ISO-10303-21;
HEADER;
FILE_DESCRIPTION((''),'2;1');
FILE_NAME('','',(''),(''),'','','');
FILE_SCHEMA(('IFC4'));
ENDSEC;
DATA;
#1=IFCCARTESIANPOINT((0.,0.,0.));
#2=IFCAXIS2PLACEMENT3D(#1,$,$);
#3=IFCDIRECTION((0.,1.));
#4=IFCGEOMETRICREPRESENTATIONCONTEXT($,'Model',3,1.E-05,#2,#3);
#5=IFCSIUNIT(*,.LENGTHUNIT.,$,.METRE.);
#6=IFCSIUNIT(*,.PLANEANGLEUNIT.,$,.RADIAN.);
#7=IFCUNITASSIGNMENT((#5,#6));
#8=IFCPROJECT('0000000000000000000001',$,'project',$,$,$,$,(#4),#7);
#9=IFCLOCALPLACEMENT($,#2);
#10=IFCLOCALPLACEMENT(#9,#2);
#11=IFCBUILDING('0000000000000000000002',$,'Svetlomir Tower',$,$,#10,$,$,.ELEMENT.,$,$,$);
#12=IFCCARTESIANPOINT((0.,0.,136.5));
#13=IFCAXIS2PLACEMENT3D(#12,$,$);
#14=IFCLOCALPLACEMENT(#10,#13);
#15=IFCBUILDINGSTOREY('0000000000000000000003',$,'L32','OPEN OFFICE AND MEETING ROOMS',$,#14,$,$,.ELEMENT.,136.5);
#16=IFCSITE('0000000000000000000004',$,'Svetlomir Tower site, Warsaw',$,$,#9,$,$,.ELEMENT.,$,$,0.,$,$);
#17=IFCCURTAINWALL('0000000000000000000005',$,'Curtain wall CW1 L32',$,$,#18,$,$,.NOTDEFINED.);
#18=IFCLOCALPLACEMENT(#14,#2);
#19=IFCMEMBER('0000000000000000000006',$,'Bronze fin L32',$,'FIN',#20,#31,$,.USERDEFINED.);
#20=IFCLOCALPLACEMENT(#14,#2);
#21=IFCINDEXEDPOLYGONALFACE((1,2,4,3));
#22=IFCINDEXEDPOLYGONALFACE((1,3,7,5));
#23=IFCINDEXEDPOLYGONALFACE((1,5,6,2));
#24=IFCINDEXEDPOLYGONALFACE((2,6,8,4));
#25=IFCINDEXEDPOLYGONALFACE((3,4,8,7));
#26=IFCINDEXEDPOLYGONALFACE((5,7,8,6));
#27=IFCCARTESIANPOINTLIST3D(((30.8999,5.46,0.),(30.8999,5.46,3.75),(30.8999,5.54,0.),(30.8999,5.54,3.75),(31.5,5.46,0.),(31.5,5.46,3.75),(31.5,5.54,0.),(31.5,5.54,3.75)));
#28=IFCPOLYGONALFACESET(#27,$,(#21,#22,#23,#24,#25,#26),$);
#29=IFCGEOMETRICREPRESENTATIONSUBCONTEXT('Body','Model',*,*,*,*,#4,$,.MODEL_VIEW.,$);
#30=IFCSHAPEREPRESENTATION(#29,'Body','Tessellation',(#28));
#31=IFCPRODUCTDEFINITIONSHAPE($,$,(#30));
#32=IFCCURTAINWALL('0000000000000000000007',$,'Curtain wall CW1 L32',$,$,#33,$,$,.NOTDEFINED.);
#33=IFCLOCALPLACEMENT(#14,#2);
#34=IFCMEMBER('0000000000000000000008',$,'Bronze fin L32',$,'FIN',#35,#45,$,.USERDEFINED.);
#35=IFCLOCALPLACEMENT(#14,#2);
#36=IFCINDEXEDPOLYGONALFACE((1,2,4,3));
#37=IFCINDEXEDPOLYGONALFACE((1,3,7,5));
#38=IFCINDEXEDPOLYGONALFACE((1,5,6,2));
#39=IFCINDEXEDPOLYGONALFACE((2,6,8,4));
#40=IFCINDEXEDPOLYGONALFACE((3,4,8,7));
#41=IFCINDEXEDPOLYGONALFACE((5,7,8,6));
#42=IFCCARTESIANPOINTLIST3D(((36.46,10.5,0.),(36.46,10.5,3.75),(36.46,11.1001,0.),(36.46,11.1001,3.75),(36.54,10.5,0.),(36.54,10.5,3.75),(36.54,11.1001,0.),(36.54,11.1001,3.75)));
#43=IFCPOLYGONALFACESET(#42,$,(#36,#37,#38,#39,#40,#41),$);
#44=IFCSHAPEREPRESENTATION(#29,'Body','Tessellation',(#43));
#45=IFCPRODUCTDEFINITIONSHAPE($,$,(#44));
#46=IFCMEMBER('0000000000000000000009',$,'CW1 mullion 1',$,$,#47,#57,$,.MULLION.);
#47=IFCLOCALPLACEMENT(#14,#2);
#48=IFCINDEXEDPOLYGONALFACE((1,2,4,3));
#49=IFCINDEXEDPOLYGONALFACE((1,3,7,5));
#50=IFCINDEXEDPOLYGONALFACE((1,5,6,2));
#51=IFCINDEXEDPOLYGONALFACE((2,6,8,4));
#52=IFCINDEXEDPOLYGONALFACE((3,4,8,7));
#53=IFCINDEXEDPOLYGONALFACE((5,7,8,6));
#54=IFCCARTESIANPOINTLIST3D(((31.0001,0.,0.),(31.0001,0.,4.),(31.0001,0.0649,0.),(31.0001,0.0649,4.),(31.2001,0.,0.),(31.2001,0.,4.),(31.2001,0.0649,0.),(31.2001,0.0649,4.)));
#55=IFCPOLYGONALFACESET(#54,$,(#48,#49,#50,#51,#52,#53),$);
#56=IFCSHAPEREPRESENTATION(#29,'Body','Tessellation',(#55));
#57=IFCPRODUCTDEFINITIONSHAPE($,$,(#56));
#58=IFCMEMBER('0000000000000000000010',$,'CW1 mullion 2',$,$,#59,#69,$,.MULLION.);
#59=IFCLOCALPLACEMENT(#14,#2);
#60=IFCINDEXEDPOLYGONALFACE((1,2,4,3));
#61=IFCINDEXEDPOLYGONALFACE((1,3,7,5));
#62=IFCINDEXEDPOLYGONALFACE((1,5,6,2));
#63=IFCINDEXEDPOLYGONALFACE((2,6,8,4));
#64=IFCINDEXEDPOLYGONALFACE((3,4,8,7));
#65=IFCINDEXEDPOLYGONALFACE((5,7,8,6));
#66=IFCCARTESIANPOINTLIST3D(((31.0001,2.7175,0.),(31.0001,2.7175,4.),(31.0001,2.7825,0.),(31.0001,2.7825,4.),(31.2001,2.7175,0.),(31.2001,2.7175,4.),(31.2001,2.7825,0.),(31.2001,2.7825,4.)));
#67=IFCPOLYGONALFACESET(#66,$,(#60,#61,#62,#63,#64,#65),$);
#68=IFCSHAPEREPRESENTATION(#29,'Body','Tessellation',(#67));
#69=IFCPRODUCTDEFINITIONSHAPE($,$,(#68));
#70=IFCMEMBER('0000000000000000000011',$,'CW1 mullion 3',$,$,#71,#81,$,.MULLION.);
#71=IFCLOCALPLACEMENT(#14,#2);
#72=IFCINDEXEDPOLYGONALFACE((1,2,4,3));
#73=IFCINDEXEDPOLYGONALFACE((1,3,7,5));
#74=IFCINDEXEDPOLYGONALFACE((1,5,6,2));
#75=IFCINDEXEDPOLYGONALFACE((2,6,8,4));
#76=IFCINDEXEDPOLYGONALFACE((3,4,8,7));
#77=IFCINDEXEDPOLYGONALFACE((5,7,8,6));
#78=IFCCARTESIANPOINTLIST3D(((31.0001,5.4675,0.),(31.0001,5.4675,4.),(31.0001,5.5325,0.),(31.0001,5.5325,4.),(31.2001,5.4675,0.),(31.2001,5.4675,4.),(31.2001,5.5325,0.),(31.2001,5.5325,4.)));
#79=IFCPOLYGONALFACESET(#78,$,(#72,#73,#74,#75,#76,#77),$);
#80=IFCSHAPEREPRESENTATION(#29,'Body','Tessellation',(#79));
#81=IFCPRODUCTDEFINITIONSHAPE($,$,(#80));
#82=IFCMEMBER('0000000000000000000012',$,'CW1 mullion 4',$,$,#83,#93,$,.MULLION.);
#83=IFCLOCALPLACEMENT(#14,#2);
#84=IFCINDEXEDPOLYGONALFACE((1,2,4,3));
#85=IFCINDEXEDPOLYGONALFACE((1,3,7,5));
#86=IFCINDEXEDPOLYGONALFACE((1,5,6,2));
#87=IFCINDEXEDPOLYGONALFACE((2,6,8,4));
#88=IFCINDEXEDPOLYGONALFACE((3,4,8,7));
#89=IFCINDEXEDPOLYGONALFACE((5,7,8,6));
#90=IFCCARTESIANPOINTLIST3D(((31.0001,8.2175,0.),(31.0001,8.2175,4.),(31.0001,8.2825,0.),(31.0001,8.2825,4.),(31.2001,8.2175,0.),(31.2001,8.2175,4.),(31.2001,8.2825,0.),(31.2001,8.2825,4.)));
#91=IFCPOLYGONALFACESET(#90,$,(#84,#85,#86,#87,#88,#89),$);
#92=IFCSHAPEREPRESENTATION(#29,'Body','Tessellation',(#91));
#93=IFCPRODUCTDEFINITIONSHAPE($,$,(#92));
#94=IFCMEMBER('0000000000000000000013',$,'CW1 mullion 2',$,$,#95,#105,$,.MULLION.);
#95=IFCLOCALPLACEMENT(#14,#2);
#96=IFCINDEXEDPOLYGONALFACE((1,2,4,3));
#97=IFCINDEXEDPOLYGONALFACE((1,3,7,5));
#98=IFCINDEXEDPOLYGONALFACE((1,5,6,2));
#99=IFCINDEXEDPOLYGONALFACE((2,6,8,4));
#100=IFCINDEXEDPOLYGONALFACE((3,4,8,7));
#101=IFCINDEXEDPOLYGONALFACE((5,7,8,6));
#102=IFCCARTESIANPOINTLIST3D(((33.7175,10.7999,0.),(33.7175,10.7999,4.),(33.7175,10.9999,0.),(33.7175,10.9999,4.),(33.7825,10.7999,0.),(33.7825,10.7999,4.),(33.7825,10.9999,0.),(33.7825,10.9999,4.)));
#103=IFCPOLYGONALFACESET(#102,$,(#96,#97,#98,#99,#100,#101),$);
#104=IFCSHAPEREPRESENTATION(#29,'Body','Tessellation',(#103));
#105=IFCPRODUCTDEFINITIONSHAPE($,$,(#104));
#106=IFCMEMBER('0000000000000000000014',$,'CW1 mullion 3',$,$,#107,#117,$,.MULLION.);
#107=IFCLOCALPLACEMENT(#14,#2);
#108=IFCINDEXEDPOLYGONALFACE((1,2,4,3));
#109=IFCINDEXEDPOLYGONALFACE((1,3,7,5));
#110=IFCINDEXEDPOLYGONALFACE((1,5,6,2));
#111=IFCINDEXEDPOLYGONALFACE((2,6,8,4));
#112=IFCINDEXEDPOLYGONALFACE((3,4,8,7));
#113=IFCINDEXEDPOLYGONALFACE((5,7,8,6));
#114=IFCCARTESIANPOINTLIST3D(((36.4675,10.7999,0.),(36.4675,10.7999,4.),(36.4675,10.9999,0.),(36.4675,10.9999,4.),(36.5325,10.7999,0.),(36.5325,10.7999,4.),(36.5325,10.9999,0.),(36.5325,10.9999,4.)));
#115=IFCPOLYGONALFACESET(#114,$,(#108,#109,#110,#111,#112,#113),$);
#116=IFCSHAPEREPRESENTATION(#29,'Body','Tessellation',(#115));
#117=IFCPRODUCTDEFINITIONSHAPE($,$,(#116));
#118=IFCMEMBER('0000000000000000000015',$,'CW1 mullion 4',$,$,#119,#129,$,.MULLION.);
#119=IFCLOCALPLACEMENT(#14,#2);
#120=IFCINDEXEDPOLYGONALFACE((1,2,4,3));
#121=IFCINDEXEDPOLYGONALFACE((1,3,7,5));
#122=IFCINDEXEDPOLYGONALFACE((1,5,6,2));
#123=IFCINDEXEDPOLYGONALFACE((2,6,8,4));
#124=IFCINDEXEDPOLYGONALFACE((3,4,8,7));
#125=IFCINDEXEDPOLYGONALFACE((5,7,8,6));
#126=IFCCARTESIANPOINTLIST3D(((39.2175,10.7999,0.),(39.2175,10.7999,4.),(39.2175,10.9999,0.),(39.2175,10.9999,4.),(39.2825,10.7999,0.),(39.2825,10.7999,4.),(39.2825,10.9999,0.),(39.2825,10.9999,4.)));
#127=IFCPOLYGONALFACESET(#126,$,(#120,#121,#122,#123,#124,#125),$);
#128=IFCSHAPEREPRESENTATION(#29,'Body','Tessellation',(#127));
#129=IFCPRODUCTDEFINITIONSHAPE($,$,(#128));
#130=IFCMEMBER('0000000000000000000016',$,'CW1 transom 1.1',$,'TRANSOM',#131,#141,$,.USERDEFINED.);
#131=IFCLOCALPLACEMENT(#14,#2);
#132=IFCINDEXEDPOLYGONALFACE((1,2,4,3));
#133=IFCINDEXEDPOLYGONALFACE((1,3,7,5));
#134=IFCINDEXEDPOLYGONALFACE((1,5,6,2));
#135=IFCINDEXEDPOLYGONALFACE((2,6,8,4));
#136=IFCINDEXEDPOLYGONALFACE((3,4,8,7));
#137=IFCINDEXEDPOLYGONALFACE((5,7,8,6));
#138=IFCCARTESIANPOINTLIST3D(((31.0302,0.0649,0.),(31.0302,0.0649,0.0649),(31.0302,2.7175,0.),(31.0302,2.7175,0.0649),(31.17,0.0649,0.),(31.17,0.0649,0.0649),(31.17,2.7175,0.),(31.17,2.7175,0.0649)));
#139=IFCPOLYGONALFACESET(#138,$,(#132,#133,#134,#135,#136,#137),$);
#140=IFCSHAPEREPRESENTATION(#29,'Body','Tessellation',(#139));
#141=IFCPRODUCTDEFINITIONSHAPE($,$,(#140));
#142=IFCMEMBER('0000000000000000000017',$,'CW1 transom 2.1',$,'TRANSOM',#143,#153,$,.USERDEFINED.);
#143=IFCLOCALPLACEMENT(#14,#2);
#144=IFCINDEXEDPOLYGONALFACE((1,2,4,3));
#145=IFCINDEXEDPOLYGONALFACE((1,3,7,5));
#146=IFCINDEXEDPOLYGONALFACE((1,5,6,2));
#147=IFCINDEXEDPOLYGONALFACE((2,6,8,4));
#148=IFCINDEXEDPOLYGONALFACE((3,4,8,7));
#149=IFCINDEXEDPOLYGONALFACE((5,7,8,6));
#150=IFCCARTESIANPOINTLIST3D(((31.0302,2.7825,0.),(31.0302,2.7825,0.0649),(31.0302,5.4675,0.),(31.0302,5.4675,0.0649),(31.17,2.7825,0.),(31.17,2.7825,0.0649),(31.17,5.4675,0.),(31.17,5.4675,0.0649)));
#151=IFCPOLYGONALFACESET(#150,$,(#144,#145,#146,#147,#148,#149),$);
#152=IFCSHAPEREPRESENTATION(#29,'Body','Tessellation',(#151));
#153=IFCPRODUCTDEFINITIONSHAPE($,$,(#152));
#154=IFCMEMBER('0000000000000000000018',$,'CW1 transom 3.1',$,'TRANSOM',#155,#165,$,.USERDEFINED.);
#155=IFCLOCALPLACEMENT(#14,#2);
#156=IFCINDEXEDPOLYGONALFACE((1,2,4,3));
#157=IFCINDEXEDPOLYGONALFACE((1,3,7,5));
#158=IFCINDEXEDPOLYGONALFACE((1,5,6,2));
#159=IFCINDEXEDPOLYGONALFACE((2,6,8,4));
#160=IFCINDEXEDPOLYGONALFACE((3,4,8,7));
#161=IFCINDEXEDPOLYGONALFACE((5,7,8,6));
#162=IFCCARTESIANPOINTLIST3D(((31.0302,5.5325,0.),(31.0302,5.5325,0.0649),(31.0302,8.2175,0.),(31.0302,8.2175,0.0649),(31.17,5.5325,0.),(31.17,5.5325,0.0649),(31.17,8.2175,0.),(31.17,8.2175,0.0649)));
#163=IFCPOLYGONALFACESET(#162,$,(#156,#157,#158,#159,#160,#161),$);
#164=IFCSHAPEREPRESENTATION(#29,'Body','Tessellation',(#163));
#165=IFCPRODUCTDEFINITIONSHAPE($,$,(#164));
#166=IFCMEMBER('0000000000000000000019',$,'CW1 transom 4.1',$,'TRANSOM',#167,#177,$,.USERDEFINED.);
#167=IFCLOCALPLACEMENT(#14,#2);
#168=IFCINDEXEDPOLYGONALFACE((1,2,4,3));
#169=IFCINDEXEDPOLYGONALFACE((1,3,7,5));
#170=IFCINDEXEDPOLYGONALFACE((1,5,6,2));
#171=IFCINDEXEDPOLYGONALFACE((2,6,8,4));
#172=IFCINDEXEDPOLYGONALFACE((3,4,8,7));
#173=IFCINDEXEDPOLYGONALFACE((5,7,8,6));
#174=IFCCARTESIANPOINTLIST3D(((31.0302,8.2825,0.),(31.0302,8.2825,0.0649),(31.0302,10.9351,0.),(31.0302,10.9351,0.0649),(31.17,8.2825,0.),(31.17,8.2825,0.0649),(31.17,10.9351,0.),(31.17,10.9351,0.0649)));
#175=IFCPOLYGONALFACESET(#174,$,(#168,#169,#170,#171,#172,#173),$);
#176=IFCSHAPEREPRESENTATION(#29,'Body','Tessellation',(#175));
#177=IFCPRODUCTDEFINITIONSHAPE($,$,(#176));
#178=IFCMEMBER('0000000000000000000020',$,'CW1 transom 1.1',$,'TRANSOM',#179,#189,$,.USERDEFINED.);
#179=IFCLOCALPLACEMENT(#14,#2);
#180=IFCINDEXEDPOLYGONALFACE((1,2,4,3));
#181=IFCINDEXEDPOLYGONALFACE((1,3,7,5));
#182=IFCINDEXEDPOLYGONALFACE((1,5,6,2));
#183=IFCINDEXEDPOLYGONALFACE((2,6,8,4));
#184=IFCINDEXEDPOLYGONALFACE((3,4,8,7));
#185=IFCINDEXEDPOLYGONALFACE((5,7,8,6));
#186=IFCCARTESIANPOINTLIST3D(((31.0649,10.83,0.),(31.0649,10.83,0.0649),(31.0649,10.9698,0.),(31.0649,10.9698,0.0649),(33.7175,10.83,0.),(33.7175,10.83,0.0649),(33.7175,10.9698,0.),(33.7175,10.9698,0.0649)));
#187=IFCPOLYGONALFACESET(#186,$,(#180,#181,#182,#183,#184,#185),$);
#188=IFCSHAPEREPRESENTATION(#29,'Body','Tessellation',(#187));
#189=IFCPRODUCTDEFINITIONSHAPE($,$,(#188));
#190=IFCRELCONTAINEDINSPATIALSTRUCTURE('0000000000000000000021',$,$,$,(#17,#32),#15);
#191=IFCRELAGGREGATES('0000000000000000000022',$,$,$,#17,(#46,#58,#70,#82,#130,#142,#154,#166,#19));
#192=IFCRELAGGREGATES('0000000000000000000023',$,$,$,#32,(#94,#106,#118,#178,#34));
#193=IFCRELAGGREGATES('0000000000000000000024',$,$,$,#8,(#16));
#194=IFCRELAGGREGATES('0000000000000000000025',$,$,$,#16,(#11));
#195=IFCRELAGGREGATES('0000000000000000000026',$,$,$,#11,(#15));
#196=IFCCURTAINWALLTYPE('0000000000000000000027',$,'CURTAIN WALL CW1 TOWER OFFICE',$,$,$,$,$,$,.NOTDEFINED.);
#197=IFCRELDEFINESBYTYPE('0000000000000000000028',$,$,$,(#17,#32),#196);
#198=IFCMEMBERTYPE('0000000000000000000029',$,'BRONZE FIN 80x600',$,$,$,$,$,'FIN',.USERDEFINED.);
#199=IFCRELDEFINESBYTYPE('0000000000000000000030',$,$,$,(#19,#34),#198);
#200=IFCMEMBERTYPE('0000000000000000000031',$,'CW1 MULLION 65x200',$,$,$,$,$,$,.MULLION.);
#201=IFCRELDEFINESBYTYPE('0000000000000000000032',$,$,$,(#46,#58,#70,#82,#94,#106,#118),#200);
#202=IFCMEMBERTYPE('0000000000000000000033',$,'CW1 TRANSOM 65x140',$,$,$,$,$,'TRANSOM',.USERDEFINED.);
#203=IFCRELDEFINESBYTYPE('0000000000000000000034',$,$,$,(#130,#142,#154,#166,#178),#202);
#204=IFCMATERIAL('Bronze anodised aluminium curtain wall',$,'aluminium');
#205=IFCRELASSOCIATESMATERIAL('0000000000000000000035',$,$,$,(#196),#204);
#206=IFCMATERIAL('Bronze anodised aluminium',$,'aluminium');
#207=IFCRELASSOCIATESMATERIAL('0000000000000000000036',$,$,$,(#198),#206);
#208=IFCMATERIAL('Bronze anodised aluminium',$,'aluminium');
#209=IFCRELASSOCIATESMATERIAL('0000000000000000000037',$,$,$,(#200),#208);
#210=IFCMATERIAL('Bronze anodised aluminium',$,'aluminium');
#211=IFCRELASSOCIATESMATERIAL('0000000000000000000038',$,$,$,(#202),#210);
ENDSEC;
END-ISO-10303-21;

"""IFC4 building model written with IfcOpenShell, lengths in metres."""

from ifc_helpers import new_model, si_unit, direction, frame, origin, origin_2d, place, context, subcontext, project, spatial, rectangle, extrude, material, material_profile, profile_set, type_object, element, aggregate, save


model = new_model("IFC4")

# Units and contexts
model_context = context("Model", 3, precision=1e-05, world=origin(), true_north=direction((0.0, 1.0)))
body_context = subcontext(model_context, "Body", "Model", "MODEL_VIEW")
ifc_project = project(units=[si_unit("LENGTHUNIT", "METRE"), si_unit("PLANEANGLEUNIT", "RADIAN")], contexts=[model_context])

# Site, building, storey
site_placement = place(None, origin())
site = spatial("IfcSite", under=ifc_project, at=site_placement, Name="Svetlomir Tower site, Warsaw", CompositionType="ELEMENT", RefElevation=0.0)
building_placement = place(site_placement, origin())
building = spatial("IfcBuilding", under=site, at=building_placement, Name="Svetlomir Tower", CompositionType="ELEMENT")
storey_placement = place(building_placement, frame((0.0, 0.0, 136.5)))
storey = spatial("IfcBuildingStorey", under=building, at=storey_placement, Name="L32", Description="OPEN OFFICE AND MEETING ROOMS", CompositionType="ELEMENT", Elevation=136.5)

# Curtain walls, members
ifc_material_1 = material(Name="Bronze anodised aluminium curtain wall", Category="aluminium")
curtain_wall_type = type_object("IfcCurtainWallType", Name="CURTAIN WALL CW1 TOWER OFFICE", PredefinedType="NOTDEFINED", material=ifc_material_1)
curtain_wall_1_placement = place(storey_placement, origin())
curtain_wall_1 = element("IfcCurtainWall", 1, at=curtain_wall_1_placement, inside=storey, type_object=curtain_wall_type, Name="Curtain wall CW1 L32", PredefinedType="NOTDEFINED")
ifc_material_2 = material(Name="Bronze anodised aluminium", Category="aluminium")
ifc_material_profile_1 = material_profile(ifc_material_2, rectangle(XDim=0.0801, YDim=0.6001, at=origin_2d()), Name="FIN 80x600")
ifc_profile_set_1 = profile_set([ifc_material_profile_1], Name="Bronze anodised aluminium 6063-T6")
member_type_1 = type_object("IfcMemberType", Name="BRONZE FIN 80x600", ElementType="FIN", PredefinedType="USERDEFINED", material=ifc_profile_set_1)
member_1_placement = place(storey_placement, frame((31.2, 5.5, 0.0), z_axis=(0.0, 0.0, 1.0), x_axis=(0.0, 1.0, 0.0)))
member_1 = element("IfcMember", 2, at=member_1_placement, type_object=member_type_1, Name="Bronze fin L32", ObjectType="FIN", PredefinedType="USERDEFINED", context=body_context, shape_type="SweptSolid", body=[
    extrude(rectangle(XDim=0.0801, YDim=0.6001, at=origin_2d()), origin(), (0.0, 0.0, 1.0), 3.75),
])
curtain_wall_2_placement = place(storey_placement, origin())
curtain_wall_2 = element("IfcCurtainWall", 3, at=curtain_wall_2_placement, inside=storey, type_object=curtain_wall_type, Name="Curtain wall CW1 L32", PredefinedType="NOTDEFINED")
member_2_placement = place(storey_placement, frame((36.5, 10.8, 0.0), z_axis=(0.0, 0.0, 1.0), x_axis=(1.0, 0.0, 0.0)))
member_2 = element("IfcMember", 4, at=member_2_placement, type_object=member_type_1, Name="Bronze fin L32", ObjectType="FIN", PredefinedType="USERDEFINED", context=body_context, shape_type="SweptSolid", body=[
    extrude(rectangle(XDim=0.0801, YDim=0.6001, at=origin_2d()), origin(), (0.0, 0.0, 1.0), 3.75),
])

# Members
ifc_material_3 = material(Name="Bronze anodised aluminium", Category="aluminium")
ifc_material_profile_2 = material_profile(ifc_material_3, rectangle(XDim=0.0649, YDim=0.2, at=origin_2d()), Name="AL 65x200")
ifc_profile_set_2 = profile_set([ifc_material_profile_2], Name="Bronze anodised aluminium 6063-T6")
member_type_2 = type_object("IfcMemberType", Name="CW1 MULLION 65x200", PredefinedType="MULLION", material=ifc_profile_set_2)
member_3_placement = place(storey_placement, frame((31.1001, 0.0325, 0.0), z_axis=(0.0, 0.0, 1.0), x_axis=(0.0, 1.0, 0.0)))
member_3 = element("IfcMember", 5, at=member_3_placement, type_object=member_type_2, Name="CW1 mullion 1", PredefinedType="MULLION", context=body_context, shape_type="SweptSolid", body=[
    extrude(rectangle(XDim=0.0649, YDim=0.2, at=origin_2d()), origin(), (0.0, 0.0, 1.0), 4.0),
])
member_4_placement = place(storey_placement, frame((31.1001, 2.75, 0.0), z_axis=(0.0, 0.0, 1.0), x_axis=(0.0, 1.0, 0.0)))
member_4 = element("IfcMember", 6, at=member_4_placement, type_object=member_type_2, Name="CW1 mullion 2", PredefinedType="MULLION", context=body_context, shape_type="SweptSolid", body=[
    extrude(rectangle(XDim=0.0649, YDim=0.2, at=origin_2d()), origin(), (0.0, 0.0, 1.0), 4.0),
])
member_5_placement = place(storey_placement, frame((31.1001, 5.5, 0.0), z_axis=(0.0, 0.0, 1.0), x_axis=(0.0, 1.0, 0.0)))
member_5 = element("IfcMember", 7, at=member_5_placement, type_object=member_type_2, Name="CW1 mullion 3", PredefinedType="MULLION", context=body_context, shape_type="SweptSolid", body=[
    extrude(rectangle(XDim=0.0649, YDim=0.2, at=origin_2d()), origin(), (0.0, 0.0, 1.0), 4.0),
])
member_6_placement = place(storey_placement, frame((31.1001, 8.25, 0.0), z_axis=(0.0, 0.0, 1.0), x_axis=(0.0, 1.0, 0.0)))
member_6 = element("IfcMember", 8, at=member_6_placement, type_object=member_type_2, Name="CW1 mullion 4", PredefinedType="MULLION", context=body_context, shape_type="SweptSolid", body=[
    extrude(rectangle(XDim=0.0649, YDim=0.2, at=origin_2d()), origin(), (0.0, 0.0, 1.0), 4.0),
])
member_7_placement = place(storey_placement, frame((33.75, 10.8999, 0.0), z_axis=(0.0, 0.0, 1.0), x_axis=(1.0, 0.0, 0.0)))
member_7 = element("IfcMember", 9, at=member_7_placement, type_object=member_type_2, Name="CW1 mullion 2", PredefinedType="MULLION", context=body_context, shape_type="SweptSolid", body=[
    extrude(rectangle(XDim=0.0649, YDim=0.2, at=origin_2d()), origin(), (0.0, 0.0, 1.0), 4.0),
])
member_8_placement = place(storey_placement, frame((36.5, 10.8999, 0.0), z_axis=(0.0, 0.0, 1.0), x_axis=(1.0, 0.0, 0.0)))
member_8 = element("IfcMember", 10, at=member_8_placement, type_object=member_type_2, Name="CW1 mullion 3", PredefinedType="MULLION", context=body_context, shape_type="SweptSolid", body=[
    extrude(rectangle(XDim=0.0649, YDim=0.2, at=origin_2d()), origin(), (0.0, 0.0, 1.0), 4.0),
])
member_9_placement = place(storey_placement, frame((39.25, 10.8999, 0.0), z_axis=(0.0, 0.0, 1.0), x_axis=(1.0, 0.0, 0.0)))
member_9 = element("IfcMember", 11, at=member_9_placement, type_object=member_type_2, Name="CW1 mullion 4", PredefinedType="MULLION", context=body_context, shape_type="SweptSolid", body=[
    extrude(rectangle(XDim=0.0649, YDim=0.2, at=origin_2d()), origin(), (0.0, 0.0, 1.0), 4.0),
])
ifc_material_4 = material(Name="Bronze anodised aluminium", Category="aluminium")
ifc_material_profile_3 = material_profile(ifc_material_4, rectangle(XDim=0.1399, YDim=0.0649, at=origin_2d()), Name="AL 140x65")
ifc_profile_set_3 = profile_set([ifc_material_profile_3], Name="Bronze anodised aluminium 6063-T6")
member_type_3 = type_object("IfcMemberType", Name="CW1 TRANSOM 65x140", ElementType="TRANSOM", PredefinedType="USERDEFINED", material=ifc_profile_set_3)
member_10_placement = place(storey_placement, frame((31.1001, 0.0649, 0.0325), z_axis=(0.0, 1.0, 0.0), x_axis=(-1.0, 0.0, 0.0)))
member_10 = element("IfcMember", 12, at=member_10_placement, type_object=member_type_3, Name="CW1 transom 1.1", ObjectType="TRANSOM", PredefinedType="USERDEFINED", context=body_context, shape_type="SweptSolid", body=[
    extrude(rectangle(XDim=0.1399, YDim=0.0649, at=origin_2d()), origin(), (0.0, 0.0, 1.0), 2.6526),
])
member_11_placement = place(storey_placement, frame((31.1001, 2.7825, 0.0325), z_axis=(0.0, 1.0, 0.0), x_axis=(-1.0, 0.0, 0.0)))
member_11 = element("IfcMember", 13, at=member_11_placement, type_object=member_type_3, Name="CW1 transom 2.1", ObjectType="TRANSOM", PredefinedType="USERDEFINED", context=body_context, shape_type="SweptSolid", body=[
    extrude(rectangle(XDim=0.1399, YDim=0.0649, at=origin_2d()), origin(), (0.0, 0.0, 1.0), 2.6851),
])
member_12_placement = place(storey_placement, frame((31.1001, 5.5325, 0.0325), z_axis=(0.0, 1.0, 0.0), x_axis=(-1.0, 0.0, 0.0)))
member_12 = element("IfcMember", 14, at=member_12_placement, type_object=member_type_3, Name="CW1 transom 3.1", ObjectType="TRANSOM", PredefinedType="USERDEFINED", context=body_context, shape_type="SweptSolid", body=[
    extrude(rectangle(XDim=0.1399, YDim=0.0649, at=origin_2d()), origin(), (0.0, 0.0, 1.0), 2.6851),
])
member_13_placement = place(storey_placement, frame((31.1001, 8.2825, 0.0325), z_axis=(0.0, 1.0, 0.0), x_axis=(-1.0, 0.0, 0.0)))
member_13 = element("IfcMember", 15, at=member_13_placement, type_object=member_type_3, Name="CW1 transom 4.1", ObjectType="TRANSOM", PredefinedType="USERDEFINED", context=body_context, shape_type="SweptSolid", body=[
    extrude(rectangle(XDim=0.1399, YDim=0.0649, at=origin_2d()), origin(), (0.0, 0.0, 1.0), 2.6526),
])
member_14_placement = place(storey_placement, frame((31.0649, 10.8999, 0.0325), z_axis=(1.0, 0.0, 0.0), x_axis=(0.0, 1.0, 0.0)))
member_14 = element("IfcMember", 16, at=member_14_placement, type_object=member_type_3, Name="CW1 transom 1.1", ObjectType="TRANSOM", PredefinedType="USERDEFINED", context=body_context, shape_type="SweptSolid", body=[
    extrude(rectangle(XDim=0.1399, YDim=0.0649, at=origin_2d()), origin(), (0.0, 0.0, 1.0), 2.6526),
])

aggregate(curtain_wall_1, [member_3, member_4, member_5, member_6, member_10, member_11, member_12, member_13, member_1])
aggregate(curtain_wall_2, [member_7, member_8, member_9, member_14, member_2])

save(model, "model.ifc")
